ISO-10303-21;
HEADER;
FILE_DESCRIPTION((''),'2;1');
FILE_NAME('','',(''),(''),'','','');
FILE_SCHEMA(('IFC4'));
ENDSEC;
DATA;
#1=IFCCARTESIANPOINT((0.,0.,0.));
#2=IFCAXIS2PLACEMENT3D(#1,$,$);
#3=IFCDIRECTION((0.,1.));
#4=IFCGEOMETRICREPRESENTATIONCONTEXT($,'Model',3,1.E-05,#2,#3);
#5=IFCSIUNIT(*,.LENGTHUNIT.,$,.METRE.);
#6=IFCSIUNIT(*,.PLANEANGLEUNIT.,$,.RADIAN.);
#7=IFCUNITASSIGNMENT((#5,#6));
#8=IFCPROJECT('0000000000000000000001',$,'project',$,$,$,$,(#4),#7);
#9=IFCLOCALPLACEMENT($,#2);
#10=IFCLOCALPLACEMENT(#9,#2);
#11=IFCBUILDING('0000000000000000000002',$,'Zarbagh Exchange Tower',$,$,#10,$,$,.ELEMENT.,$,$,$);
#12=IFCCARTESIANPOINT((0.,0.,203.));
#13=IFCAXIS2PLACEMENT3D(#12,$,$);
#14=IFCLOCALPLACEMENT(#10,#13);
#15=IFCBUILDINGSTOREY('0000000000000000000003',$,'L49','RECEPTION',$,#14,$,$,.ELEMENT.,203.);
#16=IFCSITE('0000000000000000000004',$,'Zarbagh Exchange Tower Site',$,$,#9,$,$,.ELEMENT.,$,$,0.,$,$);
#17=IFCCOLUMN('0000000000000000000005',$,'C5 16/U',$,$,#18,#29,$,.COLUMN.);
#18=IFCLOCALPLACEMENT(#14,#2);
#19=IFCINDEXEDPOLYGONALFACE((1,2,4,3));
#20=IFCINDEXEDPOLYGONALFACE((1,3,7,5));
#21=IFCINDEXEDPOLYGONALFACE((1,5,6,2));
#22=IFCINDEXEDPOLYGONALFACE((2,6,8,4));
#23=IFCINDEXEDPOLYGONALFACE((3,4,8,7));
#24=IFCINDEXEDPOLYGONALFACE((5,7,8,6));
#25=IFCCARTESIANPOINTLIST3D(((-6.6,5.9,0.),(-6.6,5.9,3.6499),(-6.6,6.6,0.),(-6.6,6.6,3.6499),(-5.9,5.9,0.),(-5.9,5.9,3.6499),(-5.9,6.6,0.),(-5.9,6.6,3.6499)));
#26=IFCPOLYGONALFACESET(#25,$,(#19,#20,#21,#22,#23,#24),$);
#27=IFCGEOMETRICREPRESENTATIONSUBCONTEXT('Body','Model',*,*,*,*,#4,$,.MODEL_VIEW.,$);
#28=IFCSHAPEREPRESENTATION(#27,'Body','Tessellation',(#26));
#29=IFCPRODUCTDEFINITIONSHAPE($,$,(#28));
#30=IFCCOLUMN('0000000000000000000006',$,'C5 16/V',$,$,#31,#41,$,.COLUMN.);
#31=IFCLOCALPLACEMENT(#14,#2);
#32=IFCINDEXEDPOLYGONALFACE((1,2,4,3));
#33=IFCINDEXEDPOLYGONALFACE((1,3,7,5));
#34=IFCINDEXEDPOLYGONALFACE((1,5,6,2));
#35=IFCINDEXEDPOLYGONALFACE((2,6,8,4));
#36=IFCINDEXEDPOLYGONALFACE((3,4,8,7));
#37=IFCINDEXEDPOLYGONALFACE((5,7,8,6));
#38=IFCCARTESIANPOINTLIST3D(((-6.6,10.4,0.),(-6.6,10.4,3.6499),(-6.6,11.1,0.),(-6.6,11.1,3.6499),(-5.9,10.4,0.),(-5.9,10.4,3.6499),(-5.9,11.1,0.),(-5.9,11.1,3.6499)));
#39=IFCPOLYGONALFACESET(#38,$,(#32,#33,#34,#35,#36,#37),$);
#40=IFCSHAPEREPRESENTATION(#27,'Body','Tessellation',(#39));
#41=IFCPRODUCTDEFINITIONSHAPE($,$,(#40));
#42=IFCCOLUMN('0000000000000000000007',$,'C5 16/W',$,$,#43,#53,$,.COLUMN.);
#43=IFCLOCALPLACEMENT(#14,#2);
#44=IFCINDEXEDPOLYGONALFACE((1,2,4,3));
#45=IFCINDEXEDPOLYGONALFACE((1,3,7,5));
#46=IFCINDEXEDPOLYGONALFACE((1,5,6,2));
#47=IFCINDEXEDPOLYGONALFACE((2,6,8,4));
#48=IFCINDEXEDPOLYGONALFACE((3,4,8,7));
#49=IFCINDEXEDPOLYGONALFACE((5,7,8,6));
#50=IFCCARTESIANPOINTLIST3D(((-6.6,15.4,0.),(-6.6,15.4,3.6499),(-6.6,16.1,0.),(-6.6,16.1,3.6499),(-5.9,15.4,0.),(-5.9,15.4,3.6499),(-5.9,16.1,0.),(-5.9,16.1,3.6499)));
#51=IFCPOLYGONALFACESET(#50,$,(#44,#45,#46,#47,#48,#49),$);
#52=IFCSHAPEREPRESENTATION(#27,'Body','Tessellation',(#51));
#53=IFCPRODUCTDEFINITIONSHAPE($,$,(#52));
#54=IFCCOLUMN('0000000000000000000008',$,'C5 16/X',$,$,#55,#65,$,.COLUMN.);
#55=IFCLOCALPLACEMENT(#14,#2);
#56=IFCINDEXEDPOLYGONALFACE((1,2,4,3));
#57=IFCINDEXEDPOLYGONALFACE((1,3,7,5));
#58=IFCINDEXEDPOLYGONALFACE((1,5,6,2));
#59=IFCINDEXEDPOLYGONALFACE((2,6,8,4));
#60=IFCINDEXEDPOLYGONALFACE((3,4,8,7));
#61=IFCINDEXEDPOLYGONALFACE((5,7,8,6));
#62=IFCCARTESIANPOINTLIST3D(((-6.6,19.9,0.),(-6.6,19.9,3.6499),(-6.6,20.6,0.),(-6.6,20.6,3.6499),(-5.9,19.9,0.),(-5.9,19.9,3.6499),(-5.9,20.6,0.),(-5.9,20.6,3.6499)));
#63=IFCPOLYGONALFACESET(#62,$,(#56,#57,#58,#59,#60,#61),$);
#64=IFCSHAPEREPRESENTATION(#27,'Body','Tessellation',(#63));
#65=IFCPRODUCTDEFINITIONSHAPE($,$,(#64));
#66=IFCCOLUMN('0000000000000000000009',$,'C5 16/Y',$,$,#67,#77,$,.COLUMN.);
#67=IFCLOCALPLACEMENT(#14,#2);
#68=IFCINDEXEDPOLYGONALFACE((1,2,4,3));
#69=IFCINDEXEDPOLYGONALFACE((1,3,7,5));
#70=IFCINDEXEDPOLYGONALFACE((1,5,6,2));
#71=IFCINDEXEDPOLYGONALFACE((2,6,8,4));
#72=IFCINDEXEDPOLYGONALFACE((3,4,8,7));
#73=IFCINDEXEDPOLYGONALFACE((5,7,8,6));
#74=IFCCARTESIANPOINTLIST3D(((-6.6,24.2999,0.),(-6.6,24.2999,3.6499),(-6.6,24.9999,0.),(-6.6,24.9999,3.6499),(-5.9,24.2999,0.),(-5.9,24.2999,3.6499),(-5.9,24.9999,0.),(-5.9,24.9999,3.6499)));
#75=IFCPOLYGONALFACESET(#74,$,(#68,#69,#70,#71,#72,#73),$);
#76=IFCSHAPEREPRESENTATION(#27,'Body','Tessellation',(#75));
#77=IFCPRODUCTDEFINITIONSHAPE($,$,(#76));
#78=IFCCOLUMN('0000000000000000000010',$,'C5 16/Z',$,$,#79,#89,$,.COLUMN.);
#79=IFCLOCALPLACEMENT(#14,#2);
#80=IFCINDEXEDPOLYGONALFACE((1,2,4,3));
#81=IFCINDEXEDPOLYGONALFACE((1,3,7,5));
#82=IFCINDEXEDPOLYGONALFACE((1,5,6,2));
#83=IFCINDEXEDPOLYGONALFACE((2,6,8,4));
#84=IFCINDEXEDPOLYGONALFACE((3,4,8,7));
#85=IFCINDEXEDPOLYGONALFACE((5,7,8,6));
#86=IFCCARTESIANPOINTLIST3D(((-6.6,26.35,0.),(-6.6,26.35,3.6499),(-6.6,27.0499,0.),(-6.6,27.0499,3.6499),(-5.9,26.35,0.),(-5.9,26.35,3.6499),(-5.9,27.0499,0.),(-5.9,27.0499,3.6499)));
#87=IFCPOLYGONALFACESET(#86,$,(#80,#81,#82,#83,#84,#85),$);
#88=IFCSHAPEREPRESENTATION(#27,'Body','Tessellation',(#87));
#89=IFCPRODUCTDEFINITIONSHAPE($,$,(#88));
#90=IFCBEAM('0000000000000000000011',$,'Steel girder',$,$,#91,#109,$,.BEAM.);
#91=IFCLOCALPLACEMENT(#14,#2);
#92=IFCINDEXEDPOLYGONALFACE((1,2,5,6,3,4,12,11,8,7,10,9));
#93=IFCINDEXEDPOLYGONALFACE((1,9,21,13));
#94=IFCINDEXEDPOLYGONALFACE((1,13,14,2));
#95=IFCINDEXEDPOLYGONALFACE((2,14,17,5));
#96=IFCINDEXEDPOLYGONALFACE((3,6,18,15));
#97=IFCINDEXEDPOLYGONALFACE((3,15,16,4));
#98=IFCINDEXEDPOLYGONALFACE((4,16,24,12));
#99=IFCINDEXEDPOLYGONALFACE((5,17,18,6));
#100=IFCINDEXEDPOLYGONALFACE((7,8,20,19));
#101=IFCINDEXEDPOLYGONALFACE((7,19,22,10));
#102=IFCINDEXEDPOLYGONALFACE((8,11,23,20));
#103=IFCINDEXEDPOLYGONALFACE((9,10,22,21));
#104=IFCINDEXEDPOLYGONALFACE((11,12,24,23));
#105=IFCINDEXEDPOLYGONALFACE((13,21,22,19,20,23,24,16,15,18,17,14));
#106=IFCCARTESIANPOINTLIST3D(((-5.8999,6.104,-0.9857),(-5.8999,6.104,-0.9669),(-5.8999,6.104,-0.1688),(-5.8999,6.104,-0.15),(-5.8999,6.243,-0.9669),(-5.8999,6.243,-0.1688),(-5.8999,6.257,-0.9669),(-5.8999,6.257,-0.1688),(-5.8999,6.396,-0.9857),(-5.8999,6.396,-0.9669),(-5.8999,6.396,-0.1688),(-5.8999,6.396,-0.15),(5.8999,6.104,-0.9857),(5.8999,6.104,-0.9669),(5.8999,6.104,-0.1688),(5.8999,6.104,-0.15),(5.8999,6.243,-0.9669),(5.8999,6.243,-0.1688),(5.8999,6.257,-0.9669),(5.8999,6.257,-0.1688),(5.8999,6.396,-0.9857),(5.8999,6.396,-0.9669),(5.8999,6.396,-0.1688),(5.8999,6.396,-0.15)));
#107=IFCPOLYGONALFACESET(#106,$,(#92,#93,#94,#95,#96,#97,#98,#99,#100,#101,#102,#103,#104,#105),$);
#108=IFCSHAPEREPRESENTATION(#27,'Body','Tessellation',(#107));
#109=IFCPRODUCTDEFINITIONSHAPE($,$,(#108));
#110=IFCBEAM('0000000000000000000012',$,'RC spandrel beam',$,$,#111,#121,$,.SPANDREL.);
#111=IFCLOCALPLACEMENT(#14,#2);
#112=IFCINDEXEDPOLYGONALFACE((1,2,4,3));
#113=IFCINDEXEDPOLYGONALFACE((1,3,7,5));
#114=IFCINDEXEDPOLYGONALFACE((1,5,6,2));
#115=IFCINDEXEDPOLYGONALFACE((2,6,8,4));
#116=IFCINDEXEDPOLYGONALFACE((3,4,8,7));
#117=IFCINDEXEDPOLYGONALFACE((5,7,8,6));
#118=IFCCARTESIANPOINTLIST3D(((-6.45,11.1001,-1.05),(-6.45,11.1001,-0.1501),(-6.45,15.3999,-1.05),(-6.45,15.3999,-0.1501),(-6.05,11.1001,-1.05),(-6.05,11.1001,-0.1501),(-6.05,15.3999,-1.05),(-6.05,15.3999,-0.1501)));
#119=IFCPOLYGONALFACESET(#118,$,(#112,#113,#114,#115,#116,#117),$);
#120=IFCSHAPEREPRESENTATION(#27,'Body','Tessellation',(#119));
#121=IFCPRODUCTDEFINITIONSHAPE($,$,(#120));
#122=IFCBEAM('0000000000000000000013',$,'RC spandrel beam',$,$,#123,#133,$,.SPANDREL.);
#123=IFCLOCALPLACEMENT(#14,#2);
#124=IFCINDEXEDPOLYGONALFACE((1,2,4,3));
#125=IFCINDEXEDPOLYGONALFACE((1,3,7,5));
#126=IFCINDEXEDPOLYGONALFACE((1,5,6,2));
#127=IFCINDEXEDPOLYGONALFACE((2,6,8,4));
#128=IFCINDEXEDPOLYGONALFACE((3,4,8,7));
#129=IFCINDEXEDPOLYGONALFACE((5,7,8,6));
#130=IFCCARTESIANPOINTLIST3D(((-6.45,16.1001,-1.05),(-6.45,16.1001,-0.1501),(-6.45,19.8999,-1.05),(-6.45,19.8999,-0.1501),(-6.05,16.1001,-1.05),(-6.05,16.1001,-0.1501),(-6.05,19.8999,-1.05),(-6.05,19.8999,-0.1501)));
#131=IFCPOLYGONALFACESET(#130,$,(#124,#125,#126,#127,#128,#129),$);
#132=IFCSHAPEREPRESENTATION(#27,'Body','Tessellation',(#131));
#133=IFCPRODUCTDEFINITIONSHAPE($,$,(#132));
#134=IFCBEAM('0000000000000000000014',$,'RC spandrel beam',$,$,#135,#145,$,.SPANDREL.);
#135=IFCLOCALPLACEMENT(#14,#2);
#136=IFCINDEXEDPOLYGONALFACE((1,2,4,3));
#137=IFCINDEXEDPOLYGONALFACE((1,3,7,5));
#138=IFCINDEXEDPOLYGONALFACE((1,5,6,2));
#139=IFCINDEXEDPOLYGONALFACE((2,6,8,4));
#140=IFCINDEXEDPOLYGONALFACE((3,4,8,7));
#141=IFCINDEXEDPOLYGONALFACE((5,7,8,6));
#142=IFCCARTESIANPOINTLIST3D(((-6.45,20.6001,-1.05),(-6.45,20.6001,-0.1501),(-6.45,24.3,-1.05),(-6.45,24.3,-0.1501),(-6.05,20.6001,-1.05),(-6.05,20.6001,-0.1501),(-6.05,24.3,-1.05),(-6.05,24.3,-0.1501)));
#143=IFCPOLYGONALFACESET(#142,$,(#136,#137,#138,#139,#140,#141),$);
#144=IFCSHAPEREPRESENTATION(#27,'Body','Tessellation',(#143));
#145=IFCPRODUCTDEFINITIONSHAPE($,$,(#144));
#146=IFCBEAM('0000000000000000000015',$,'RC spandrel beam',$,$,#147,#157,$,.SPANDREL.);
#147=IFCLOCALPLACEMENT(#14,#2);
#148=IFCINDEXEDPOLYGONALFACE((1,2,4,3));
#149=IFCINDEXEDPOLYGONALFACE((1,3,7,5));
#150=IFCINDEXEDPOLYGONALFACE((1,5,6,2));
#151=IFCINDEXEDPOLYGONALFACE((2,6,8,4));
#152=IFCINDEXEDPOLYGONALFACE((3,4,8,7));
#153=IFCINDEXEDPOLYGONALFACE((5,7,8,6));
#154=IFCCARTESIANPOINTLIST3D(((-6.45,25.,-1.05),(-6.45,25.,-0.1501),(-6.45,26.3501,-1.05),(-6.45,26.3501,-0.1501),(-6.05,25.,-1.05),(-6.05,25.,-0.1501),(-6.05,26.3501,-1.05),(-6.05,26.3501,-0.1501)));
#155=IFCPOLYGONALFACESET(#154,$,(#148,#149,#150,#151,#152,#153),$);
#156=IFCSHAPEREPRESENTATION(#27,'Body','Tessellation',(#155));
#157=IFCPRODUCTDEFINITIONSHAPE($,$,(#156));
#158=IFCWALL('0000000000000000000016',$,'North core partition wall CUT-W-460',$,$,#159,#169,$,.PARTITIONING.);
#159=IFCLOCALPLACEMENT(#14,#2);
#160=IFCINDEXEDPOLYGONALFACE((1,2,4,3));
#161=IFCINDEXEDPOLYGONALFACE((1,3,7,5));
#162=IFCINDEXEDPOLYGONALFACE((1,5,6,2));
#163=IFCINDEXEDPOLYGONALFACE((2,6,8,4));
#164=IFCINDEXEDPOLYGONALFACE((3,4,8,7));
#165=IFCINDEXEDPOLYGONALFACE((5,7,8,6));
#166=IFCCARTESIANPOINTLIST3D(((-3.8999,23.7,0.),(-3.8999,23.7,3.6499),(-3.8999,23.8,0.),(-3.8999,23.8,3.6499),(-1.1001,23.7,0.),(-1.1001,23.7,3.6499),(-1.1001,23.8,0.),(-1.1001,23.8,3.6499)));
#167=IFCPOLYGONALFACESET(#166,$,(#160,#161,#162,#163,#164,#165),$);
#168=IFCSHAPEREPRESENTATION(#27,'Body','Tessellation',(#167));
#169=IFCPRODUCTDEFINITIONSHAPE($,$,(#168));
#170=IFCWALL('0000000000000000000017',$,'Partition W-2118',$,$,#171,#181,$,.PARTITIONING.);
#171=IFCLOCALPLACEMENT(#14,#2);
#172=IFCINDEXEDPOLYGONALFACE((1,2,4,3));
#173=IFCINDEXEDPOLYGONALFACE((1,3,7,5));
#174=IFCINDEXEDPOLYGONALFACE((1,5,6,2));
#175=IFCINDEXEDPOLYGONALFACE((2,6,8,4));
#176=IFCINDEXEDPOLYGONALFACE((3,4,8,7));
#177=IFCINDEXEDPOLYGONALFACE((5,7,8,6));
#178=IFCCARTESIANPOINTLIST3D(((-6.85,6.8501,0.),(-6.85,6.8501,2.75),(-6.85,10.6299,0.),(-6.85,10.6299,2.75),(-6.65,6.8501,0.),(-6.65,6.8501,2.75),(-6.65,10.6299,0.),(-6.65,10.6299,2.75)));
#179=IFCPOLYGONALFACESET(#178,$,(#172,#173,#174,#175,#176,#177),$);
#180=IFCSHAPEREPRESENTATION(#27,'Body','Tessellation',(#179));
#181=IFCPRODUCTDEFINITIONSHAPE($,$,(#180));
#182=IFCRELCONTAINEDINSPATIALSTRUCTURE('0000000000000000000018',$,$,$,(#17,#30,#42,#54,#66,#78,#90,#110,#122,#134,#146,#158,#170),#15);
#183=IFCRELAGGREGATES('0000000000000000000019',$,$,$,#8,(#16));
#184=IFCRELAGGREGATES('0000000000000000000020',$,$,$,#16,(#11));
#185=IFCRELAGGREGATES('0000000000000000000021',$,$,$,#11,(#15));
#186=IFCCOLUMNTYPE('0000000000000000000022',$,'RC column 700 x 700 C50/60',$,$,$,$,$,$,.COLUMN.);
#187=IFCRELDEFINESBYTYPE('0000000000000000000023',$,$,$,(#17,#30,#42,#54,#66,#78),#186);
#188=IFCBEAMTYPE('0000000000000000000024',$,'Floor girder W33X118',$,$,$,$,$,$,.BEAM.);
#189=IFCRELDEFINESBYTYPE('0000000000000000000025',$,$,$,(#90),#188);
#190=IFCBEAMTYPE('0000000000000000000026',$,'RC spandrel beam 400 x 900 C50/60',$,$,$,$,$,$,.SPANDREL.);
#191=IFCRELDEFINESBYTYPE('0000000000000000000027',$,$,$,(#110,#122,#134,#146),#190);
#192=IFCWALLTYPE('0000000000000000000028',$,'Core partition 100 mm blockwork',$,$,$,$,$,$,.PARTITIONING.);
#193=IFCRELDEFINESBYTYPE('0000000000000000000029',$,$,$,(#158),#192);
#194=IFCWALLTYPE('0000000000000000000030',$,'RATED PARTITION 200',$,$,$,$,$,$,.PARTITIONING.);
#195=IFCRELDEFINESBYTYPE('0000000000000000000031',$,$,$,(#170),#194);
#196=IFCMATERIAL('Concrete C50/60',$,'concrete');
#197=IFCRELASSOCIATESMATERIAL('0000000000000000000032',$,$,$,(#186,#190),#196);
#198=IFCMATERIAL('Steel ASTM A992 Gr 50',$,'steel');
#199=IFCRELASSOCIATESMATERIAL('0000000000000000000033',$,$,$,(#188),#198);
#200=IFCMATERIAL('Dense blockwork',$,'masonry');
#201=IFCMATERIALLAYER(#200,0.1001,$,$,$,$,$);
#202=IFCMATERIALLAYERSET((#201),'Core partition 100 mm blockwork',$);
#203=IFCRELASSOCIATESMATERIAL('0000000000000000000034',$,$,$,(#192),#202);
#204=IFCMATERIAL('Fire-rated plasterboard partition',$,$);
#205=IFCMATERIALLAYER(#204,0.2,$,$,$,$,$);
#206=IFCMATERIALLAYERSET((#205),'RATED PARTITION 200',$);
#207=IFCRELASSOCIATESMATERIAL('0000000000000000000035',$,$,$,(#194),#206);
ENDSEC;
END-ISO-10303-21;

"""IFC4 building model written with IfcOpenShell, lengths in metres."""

from ifc_helpers import new_model, si_unit, direction, frame, frame_2d, origin, origin_2d, place, context, subcontext, project, spatial, rectangle, i_section, extrude, material, layer, layer_set, material_profile, profile_set, type_object, element, save


model = new_model("IFC4")

# Units and contexts
model_context = context("Model", 3, precision=1e-05, world=origin(), true_north=direction((0.0, 1.0)))
body_context = subcontext(model_context, "Body", "Model", "MODEL_VIEW")
ifc_project = project(units=[si_unit("LENGTHUNIT", "METRE"), si_unit("PLANEANGLEUNIT", "RADIAN")], contexts=[model_context])

# Site, building, storey
site_placement = place(None, origin())
site = spatial("IfcSite", under=ifc_project, at=site_placement, Name="Zarbagh Exchange Tower Site", CompositionType="ELEMENT", RefElevation=0.0)
building_placement = place(site_placement, origin())
building = spatial("IfcBuilding", under=site, at=building_placement, Name="Zarbagh Exchange Tower", CompositionType="ELEMENT")
storey_placement = place(building_placement, frame((0.0, 0.0, 203.0)))
storey = spatial("IfcBuildingStorey", under=building, at=storey_placement, Name="L49", Description="RECEPTION", CompositionType="ELEMENT", Elevation=203.0)

# Columns
ifc_material_1 = material(Name="Concrete C50/60", Category="concrete")
ifc_material_profile_1 = material_profile(ifc_material_1, rectangle(XDim=0.7, YDim=0.7, at=origin_2d()), Name="RC column 700 x 700 C50/60")
ifc_profile_set_1 = profile_set([ifc_material_profile_1], Name="Concrete C50/60")
column_type = type_object("IfcColumnType", Name="RC column 700 x 700 C50/60", PredefinedType="COLUMN", material=ifc_profile_set_1)
for number, where, z_axis, x_axis, name in (
    (1, (-6.25, 6.25, 0.0), (0.0, 0.0, 1.0), (1.0, 0.0, 0.0), "C5 16/U"),
    (2, (-6.25, 10.75, 0.0), (0.0, 0.0, 1.0), (1.0, 0.0, 0.0), "C5 16/V"),
    (3, (-6.25, 15.75, 0.0), (0.0, 0.0, 1.0), (1.0, 0.0, 0.0), "C5 16/W"),
    (4, (-6.25, 20.25, 0.0), (0.0, 0.0, 1.0), (1.0, 0.0, 0.0), "C5 16/X"),
    (5, (-6.25, 24.6499, 0.0), (0.0, 0.0, 1.0), (1.0, 0.0, 0.0), "C5 16/Y"),
    (6, (-6.25, 26.7, 0.0), (0.0, 0.0, 1.0), (1.0, 0.0, 0.0), "C5 16/Z"),
):
    element("IfcColumn", number, at=place(storey_placement, frame(where, z_axis=z_axis, x_axis=x_axis)), inside=storey, type_object=column_type, Name=name, PredefinedType="COLUMN", context=body_context, shape_type="SweptSolid", body=[
        extrude(rectangle(XDim=0.7, YDim=0.7, at=origin_2d()), origin(), (0.0, 0.0, 1.0), 3.6499),
    ])

# Beams
ifc_material_2 = material(Name="Steel ASTM A992 Gr 50", Category="steel")
ifc_material_profile_2 = material_profile(ifc_material_2, i_section(OverallWidth=0.292, OverallDepth=0.8357, WebThickness=0.0139, FlangeThickness=0.0188, at=origin_2d()), Name="W33X118")
ifc_profile_set_2 = profile_set([ifc_material_profile_2], Name="Steel ASTM A992 Gr 50")
beam_type_1 = type_object("IfcBeamType", Name="Floor girder W33X118", PredefinedType="BEAM", material=ifc_profile_set_2)
beam_1_placement = place(storey_placement, frame((-5.8999, 6.25, -0.5679), z_axis=(1.0, 0.0, 0.0), x_axis=(0.0, 1.0, 0.0)))
element("IfcBeam", 7, at=beam_1_placement, inside=storey, type_object=beam_type_1, Name="Steel girder", PredefinedType="BEAM", context=body_context, shape_type="SweptSolid", body=[
    extrude(i_section(OverallWidth=0.292, OverallDepth=0.8357, WebThickness=0.0139, FlangeThickness=0.0188, at=origin_2d()), origin(), (0.0, 0.0, 1.0), 11.7998),
])
ifc_material_profile_3 = material_profile(ifc_material_1, rectangle(XDim=0.3999, YDim=0.8999, at=origin_2d()), Name="RC spandrel beam 400 x 900 C50/60")
ifc_profile_set_3 = profile_set([ifc_material_profile_3], Name="Concrete C50/60")
beam_type_2 = type_object("IfcBeamType", Name="RC spandrel beam 400 x 900 C50/60", PredefinedType="SPANDREL", material=ifc_profile_set_3)
beam_2_placement = place(storey_placement, frame((-6.25, 11.1001, -0.6001), z_axis=(0.0, 1.0, 0.0), x_axis=(-1.0, 0.0, 0.0)))
element("IfcBeam", 8, at=beam_2_placement, inside=storey, type_object=beam_type_2, Name="RC spandrel beam", PredefinedType="SPANDREL", context=body_context, shape_type="SweptSolid", body=[
    extrude(rectangle(XDim=0.3999, YDim=0.8999, at=origin_2d()), origin(), (0.0, 0.0, 1.0), 4.2998),
])
beam_3_placement = place(storey_placement, frame((-6.25, 16.1001, -0.6001), z_axis=(0.0, 1.0, 0.0), x_axis=(-1.0, 0.0, 0.0)))
element("IfcBeam", 9, at=beam_3_placement, inside=storey, type_object=beam_type_2, Name="RC spandrel beam", PredefinedType="SPANDREL", context=body_context, shape_type="SweptSolid", body=[
    extrude(rectangle(XDim=0.3999, YDim=0.8999, at=origin_2d()), origin(), (0.0, 0.0, 1.0), 3.7998),
])
beam_4_placement = place(storey_placement, frame((-6.25, 20.6001, -0.6001), z_axis=(0.0, 1.0, 0.0), x_axis=(-1.0, 0.0, 0.0)))
element("IfcBeam", 10, at=beam_4_placement, inside=storey, type_object=beam_type_2, Name="RC spandrel beam", PredefinedType="SPANDREL", context=body_context, shape_type="SweptSolid", body=[
    extrude(rectangle(XDim=0.3999, YDim=0.8999, at=origin_2d()), origin(), (0.0, 0.0, 1.0), 3.7),
])
beam_5_placement = place(storey_placement, frame((-6.25, 25.0, -0.6001), z_axis=(0.0, 1.0, 0.0), x_axis=(-1.0, 0.0, 0.0)))
element("IfcBeam", 11, at=beam_5_placement, inside=storey, type_object=beam_type_2, Name="RC spandrel beam", PredefinedType="SPANDREL", context=body_context, shape_type="SweptSolid", body=[
    extrude(rectangle(XDim=0.3999, YDim=0.8999, at=origin_2d()), origin(), (0.0, 0.0, 1.0), 1.3501),
])

# Walls
ifc_material_3 = material(Name="Dense blockwork", Category="masonry")
ifc_layer_1 = layer(ifc_material_3, 0.1001)
ifc_layer_set_1 = layer_set([ifc_layer_1], Name="Core partition 100 mm blockwork")
wall_type_1 = type_object("IfcWallType", Name="Core partition 100 mm blockwork", PredefinedType="PARTITIONING", material=ifc_layer_set_1)
wall_1_placement = place(storey_placement, frame((-3.8999, 23.75, 0.0), z_axis=(0.0, 0.0, 1.0), x_axis=(1.0, 0.0, 0.0)))
element("IfcWall", 12, at=wall_1_placement, inside=storey, type_object=wall_type_1, Name="North core partition wall CUT-W-460", PredefinedType="PARTITIONING", context=body_context, shape_type="SweptSolid", body=[
    extrude(rectangle(XDim=2.7998, YDim=0.1001, at=frame_2d((1.3999, 0.0))), origin(), (0.0, 0.0, 1.0), 3.6499),
])
ifc_material_4 = material(Name="Fire-rated plasterboard partition")
ifc_layer_2 = layer(ifc_material_4, 0.2)
ifc_layer_set_2 = layer_set([ifc_layer_2], Name="RATED PARTITION 200")
wall_type_2 = type_object("IfcWallType", Name="RATED PARTITION 200", PredefinedType="PARTITIONING", material=ifc_layer_set_2)
wall_2_placement = place(storey_placement, frame((-6.75, 6.8501, 0.0), z_axis=(0.0, 0.0, 1.0), x_axis=(0.0, 1.0, 0.0)))
element("IfcWall", 13, at=wall_2_placement, inside=storey, type_object=wall_type_2, Name="Partition W-2118", PredefinedType="PARTITIONING", context=body_context, shape_type="SweptSolid", body=[
    extrude(rectangle(XDim=3.7798, YDim=0.2, at=frame_2d((1.8899, 0.0))), origin(), (0.0, 0.0, 1.0), 2.75),
])

save(model, "model.ifc")
